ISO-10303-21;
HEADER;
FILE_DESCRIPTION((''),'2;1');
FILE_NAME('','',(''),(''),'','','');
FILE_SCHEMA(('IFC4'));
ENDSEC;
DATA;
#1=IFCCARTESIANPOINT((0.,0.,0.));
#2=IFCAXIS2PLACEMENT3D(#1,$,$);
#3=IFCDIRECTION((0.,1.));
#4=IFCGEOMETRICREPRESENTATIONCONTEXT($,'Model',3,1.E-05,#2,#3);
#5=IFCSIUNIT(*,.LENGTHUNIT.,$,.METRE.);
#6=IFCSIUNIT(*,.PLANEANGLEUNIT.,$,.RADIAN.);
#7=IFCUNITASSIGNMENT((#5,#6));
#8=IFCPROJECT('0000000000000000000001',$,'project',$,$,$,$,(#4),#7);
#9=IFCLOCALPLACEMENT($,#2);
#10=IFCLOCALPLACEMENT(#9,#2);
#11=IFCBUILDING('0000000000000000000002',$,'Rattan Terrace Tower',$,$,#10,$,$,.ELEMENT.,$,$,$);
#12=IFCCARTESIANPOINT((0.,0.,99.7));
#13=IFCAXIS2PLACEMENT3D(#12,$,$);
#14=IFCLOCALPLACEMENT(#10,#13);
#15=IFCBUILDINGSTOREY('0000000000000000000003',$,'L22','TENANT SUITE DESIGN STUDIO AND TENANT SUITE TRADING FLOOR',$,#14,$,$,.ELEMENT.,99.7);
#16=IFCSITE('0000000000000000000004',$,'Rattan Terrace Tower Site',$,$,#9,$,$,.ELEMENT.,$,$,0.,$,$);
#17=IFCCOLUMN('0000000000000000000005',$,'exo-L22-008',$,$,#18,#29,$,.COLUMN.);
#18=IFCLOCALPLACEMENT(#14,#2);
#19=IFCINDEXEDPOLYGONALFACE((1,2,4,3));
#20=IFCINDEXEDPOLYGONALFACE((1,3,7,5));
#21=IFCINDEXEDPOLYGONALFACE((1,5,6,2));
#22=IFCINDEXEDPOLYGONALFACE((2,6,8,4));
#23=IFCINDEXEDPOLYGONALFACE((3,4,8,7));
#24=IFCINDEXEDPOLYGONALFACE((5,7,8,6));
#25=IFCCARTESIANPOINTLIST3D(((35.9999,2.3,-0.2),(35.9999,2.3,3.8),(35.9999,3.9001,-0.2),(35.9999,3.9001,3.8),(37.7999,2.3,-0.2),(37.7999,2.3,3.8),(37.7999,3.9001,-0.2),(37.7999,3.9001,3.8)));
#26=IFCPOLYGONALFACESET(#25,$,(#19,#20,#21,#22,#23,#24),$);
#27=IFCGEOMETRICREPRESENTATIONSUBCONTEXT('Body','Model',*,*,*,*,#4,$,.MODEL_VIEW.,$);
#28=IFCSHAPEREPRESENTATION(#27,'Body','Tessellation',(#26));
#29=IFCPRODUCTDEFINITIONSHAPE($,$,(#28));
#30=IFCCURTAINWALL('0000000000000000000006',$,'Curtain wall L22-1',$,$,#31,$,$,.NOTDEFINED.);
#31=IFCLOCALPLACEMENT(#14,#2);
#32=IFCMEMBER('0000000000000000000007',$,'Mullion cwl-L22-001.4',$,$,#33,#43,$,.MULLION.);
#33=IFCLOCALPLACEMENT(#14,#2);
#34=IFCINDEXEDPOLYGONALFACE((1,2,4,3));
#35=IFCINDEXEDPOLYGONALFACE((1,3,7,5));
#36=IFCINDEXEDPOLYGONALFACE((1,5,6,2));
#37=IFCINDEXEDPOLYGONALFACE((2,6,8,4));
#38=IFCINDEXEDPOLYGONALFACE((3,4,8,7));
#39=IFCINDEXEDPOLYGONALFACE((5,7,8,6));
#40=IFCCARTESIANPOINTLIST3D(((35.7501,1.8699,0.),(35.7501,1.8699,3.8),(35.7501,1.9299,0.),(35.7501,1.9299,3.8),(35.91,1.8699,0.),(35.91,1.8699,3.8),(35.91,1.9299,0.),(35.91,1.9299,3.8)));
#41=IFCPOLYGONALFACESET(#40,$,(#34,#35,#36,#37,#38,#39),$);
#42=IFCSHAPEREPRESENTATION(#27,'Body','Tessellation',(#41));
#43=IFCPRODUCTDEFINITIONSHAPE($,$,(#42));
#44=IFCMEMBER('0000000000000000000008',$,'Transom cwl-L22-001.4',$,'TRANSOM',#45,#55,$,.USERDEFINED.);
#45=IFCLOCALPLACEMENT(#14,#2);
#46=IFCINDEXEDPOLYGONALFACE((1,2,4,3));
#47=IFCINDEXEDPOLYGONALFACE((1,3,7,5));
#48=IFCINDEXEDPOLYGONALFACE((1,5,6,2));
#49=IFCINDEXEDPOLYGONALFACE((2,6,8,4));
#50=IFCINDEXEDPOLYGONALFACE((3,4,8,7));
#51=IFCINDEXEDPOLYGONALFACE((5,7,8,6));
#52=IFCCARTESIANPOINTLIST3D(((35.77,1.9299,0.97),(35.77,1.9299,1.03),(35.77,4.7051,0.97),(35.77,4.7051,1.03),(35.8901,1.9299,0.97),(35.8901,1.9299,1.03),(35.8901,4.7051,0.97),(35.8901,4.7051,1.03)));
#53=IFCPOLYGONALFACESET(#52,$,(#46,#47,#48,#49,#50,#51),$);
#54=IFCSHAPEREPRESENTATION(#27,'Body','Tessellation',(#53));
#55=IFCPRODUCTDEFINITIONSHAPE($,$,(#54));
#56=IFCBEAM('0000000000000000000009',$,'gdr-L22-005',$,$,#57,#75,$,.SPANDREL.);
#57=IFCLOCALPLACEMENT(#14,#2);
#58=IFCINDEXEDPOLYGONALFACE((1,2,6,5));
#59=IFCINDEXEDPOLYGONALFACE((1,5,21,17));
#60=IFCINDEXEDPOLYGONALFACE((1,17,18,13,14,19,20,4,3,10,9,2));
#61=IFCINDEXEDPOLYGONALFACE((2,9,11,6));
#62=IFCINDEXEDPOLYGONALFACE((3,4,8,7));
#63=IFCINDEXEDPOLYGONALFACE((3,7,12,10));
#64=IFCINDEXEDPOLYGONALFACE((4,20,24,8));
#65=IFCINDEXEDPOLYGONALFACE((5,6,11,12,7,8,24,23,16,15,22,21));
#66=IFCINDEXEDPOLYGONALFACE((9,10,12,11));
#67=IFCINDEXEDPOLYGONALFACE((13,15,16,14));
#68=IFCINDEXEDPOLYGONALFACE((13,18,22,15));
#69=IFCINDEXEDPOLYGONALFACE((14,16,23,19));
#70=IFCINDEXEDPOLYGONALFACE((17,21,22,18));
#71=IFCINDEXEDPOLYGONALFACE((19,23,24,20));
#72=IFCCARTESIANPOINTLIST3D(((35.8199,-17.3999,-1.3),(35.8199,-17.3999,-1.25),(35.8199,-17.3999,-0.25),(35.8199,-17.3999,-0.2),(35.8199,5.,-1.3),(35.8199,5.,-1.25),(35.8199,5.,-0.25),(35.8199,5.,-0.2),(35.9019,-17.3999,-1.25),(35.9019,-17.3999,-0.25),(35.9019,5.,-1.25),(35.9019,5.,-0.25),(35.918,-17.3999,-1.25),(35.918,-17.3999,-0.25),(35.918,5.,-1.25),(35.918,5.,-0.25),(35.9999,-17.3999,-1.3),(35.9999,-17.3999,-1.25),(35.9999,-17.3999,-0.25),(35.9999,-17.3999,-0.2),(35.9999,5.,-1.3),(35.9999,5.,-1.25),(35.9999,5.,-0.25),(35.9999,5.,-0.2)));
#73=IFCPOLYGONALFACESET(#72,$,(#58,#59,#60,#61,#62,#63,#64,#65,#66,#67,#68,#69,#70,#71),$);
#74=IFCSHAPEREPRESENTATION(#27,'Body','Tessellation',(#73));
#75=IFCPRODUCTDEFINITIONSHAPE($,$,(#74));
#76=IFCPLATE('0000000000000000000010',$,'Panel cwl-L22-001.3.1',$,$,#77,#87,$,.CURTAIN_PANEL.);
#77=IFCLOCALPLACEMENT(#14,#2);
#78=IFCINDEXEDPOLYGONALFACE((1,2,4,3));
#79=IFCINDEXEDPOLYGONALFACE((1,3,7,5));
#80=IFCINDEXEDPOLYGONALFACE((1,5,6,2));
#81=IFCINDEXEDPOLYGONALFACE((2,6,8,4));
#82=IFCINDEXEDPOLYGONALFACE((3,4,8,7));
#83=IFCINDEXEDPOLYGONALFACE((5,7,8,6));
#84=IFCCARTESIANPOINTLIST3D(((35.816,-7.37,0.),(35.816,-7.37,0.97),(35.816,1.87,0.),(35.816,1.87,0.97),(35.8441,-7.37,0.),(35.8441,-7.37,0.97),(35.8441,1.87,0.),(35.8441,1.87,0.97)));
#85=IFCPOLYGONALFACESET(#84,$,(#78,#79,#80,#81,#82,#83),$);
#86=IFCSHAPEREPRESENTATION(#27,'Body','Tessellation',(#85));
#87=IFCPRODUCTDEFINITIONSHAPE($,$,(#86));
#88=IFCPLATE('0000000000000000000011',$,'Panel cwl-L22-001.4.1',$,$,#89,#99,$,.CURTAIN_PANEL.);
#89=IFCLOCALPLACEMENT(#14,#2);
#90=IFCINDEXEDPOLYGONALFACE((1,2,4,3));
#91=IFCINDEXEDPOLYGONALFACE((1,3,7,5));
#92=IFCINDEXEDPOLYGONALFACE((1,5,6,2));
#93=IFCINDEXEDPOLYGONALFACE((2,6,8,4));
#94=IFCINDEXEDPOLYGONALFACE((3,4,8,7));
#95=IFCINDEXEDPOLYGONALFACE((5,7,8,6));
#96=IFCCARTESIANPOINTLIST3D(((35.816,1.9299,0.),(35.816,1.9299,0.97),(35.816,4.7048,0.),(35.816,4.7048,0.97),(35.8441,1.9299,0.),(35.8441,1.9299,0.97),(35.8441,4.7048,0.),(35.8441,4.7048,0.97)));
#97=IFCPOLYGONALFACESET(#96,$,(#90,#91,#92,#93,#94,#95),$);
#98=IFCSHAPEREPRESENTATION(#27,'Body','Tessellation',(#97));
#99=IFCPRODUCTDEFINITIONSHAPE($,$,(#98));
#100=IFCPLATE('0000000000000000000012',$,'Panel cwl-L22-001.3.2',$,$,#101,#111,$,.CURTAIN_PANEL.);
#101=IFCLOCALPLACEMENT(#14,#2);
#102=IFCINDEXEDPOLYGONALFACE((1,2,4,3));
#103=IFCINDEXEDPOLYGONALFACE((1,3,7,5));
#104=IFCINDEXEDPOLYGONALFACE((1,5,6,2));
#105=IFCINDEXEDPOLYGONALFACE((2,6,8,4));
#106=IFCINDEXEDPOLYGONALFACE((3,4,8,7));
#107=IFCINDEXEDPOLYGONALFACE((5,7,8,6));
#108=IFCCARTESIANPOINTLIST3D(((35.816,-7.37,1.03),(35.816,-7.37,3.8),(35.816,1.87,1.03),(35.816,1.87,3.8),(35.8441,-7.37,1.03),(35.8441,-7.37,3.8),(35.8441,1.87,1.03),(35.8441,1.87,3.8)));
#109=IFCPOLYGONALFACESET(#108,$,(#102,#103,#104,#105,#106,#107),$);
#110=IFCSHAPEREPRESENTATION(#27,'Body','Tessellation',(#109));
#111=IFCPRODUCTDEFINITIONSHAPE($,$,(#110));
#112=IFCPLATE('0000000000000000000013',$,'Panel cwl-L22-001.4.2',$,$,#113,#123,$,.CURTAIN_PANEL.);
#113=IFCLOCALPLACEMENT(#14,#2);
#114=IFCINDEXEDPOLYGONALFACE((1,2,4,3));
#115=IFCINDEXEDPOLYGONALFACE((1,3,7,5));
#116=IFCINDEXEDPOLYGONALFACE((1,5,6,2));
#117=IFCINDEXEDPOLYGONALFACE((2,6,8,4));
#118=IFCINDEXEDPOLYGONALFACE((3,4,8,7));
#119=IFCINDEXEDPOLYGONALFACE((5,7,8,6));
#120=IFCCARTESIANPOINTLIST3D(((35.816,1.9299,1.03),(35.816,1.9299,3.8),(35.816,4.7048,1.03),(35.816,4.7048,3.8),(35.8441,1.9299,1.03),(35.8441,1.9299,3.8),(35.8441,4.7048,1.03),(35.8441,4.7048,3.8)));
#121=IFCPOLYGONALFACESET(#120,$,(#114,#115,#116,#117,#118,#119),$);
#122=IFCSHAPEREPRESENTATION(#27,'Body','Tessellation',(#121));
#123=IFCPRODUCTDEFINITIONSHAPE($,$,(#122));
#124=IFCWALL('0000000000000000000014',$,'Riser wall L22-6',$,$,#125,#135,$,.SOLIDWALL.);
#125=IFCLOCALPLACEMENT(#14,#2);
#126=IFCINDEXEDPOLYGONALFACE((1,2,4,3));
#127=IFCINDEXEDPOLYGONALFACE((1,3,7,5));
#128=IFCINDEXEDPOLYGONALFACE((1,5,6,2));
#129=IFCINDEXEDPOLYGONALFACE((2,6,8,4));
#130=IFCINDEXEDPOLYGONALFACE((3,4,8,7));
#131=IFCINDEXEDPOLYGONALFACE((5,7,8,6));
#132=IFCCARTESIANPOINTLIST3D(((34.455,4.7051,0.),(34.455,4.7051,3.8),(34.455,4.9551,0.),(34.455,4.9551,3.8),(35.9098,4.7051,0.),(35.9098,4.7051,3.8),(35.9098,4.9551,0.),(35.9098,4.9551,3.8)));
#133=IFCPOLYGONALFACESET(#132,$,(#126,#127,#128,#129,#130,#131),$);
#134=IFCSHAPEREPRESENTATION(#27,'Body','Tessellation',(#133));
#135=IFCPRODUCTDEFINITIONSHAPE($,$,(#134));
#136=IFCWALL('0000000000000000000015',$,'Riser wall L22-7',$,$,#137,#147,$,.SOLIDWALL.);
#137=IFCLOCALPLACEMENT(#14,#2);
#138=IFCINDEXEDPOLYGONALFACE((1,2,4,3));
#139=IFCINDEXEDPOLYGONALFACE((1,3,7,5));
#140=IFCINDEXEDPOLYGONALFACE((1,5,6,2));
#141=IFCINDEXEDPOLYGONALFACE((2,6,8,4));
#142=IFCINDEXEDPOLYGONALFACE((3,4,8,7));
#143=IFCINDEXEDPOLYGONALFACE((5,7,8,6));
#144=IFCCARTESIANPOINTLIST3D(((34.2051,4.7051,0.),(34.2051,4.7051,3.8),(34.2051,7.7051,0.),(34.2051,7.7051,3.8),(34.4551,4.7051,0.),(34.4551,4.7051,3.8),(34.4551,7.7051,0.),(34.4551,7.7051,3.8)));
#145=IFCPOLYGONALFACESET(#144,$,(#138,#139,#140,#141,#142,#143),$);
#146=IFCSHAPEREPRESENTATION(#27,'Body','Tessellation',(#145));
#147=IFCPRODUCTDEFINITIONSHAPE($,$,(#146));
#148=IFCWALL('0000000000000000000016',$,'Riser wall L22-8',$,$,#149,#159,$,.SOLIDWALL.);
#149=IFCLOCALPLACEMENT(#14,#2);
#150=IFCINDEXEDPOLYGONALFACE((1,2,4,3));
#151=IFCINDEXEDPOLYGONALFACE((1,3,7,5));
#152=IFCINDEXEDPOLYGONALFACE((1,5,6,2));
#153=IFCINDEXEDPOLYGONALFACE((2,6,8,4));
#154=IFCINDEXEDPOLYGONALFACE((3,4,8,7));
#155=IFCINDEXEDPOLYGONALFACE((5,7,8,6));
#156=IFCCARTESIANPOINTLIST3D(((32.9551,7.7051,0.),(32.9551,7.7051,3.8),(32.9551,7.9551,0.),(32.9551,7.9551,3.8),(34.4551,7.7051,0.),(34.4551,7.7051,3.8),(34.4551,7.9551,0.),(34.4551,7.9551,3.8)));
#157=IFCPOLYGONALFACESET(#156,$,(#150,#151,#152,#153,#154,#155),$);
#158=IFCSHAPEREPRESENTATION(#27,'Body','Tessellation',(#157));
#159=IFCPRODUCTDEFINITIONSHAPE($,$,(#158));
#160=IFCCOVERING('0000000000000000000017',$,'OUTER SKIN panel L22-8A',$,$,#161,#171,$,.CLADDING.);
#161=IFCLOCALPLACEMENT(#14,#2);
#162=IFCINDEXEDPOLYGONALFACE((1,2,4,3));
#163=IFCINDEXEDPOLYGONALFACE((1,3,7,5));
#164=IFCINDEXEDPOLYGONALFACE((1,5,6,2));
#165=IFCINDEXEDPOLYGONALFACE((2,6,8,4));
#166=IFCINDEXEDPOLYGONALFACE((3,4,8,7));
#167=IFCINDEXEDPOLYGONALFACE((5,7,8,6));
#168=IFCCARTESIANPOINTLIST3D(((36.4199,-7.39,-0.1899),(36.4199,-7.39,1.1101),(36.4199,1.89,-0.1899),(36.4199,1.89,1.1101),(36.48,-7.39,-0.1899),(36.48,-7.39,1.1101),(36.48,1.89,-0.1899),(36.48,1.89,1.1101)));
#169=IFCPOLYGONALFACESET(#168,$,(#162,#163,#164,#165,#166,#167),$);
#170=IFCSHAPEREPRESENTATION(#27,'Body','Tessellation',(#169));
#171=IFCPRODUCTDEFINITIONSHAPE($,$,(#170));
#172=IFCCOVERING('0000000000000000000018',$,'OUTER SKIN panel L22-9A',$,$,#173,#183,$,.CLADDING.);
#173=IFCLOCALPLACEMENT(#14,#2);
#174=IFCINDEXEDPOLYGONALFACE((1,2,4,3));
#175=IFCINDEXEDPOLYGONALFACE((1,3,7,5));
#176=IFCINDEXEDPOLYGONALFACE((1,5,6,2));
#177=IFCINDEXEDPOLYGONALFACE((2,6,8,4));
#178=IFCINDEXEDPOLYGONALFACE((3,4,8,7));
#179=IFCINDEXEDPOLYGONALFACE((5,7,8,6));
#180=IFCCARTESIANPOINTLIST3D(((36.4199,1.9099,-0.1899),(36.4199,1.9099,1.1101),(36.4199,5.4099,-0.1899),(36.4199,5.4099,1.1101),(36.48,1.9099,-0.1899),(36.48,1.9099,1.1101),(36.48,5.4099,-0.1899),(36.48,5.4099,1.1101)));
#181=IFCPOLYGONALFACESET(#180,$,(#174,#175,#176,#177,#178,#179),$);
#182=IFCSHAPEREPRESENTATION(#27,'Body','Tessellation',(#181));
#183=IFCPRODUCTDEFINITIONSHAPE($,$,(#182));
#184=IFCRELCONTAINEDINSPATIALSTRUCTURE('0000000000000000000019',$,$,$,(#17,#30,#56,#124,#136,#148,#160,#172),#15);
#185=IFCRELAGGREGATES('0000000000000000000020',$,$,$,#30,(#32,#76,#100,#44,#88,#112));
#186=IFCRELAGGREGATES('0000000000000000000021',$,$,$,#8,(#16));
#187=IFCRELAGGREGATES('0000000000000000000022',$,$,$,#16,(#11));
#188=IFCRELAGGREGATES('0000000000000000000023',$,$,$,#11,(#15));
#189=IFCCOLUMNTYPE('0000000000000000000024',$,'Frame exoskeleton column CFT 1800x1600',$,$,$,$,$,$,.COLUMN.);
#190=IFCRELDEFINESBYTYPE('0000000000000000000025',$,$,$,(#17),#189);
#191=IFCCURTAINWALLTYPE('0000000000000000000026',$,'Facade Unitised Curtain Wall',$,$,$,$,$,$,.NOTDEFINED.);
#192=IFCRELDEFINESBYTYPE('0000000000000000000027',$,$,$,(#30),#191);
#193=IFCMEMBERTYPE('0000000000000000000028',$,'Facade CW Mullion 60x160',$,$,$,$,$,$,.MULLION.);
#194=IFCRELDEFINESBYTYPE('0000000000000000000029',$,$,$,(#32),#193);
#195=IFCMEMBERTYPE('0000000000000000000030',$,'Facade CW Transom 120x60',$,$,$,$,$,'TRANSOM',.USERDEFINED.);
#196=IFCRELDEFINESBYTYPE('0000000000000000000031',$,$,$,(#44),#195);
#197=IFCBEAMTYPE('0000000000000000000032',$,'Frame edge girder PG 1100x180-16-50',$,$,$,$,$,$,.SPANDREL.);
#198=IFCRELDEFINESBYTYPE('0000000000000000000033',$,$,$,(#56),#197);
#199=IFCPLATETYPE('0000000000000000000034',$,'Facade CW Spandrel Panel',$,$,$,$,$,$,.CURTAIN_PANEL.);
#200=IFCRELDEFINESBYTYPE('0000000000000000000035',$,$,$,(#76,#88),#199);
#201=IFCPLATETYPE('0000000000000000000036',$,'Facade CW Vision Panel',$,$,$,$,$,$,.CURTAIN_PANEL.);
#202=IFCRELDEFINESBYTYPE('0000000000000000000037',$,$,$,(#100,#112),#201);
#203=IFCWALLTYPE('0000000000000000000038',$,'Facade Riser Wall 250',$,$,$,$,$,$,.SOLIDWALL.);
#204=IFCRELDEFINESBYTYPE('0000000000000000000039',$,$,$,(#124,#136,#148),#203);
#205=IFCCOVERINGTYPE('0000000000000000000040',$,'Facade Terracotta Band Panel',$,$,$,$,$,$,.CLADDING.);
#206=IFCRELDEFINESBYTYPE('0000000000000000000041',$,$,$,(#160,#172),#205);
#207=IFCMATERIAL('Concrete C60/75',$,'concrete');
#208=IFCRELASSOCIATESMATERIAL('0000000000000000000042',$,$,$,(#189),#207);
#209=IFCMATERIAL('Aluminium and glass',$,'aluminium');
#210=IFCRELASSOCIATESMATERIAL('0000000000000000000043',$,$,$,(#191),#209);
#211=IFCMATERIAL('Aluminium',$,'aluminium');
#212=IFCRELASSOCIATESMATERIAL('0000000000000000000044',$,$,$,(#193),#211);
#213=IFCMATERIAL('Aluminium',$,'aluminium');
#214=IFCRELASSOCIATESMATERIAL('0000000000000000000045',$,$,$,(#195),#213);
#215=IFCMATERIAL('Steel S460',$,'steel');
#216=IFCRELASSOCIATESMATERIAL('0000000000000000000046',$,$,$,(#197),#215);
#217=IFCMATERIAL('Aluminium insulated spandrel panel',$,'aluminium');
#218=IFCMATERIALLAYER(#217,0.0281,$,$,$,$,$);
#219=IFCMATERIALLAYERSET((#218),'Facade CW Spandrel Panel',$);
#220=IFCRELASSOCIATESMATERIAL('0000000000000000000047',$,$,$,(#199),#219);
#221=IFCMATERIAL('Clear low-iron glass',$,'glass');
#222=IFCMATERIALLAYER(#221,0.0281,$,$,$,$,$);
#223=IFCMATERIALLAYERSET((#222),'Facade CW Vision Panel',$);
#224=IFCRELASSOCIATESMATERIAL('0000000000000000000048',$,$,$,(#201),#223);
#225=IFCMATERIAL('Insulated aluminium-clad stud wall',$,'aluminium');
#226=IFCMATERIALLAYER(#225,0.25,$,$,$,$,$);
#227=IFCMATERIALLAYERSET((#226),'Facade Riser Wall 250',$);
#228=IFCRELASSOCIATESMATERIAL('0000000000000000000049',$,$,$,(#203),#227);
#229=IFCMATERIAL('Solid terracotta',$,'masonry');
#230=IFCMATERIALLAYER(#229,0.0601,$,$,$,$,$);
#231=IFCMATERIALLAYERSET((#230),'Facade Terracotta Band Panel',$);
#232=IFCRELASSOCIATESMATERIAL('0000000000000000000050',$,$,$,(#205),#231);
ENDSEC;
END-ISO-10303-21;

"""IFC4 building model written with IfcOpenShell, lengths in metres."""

from ifc_helpers import new_model, si_unit, direction, frame, frame_2d, origin, origin_2d, place, context, subcontext, project, spatial, rectangle, i_section, extrude, material, layer, layer_set, material_profile, profile_set, type_object, element, aggregate, save


model = new_model("IFC4")

# Units and contexts
model_context = context("Model", 3, precision=1e-05, world=origin(), true_north=direction((0.0, 1.0)))
body_context = subcontext(model_context, "Body", "Model", "MODEL_VIEW")
ifc_project = project(units=[si_unit("LENGTHUNIT", "METRE"), si_unit("PLANEANGLEUNIT", "RADIAN")], contexts=[model_context])

# Site, building, storey
site_placement = place(None, origin())
site = spatial("IfcSite", under=ifc_project, at=site_placement, Name="Rattan Terrace Tower Site", CompositionType="ELEMENT", RefElevation=0.0)
building_placement = place(site_placement, origin())
building = spatial("IfcBuilding", under=site, at=building_placement, Name="Rattan Terrace Tower", CompositionType="ELEMENT")
storey_placement = place(building_placement, frame((0.0, 0.0, 99.7)))
storey = spatial("IfcBuildingStorey", under=building, at=storey_placement, Name="L22", Description="TENANT SUITE DESIGN STUDIO AND TENANT SUITE TRADING FLOOR", CompositionType="ELEMENT", Elevation=99.7)

# Column
ifc_material_1 = material(Name="Concrete C60/75", Category="concrete")
ifc_material_profile_1 = material_profile(ifc_material_1, rectangle(XDim=1.6001, YDim=1.8, at=origin_2d()), Name="CFT 1800x1600")
ifc_profile_set_1 = profile_set([ifc_material_profile_1], Name="Concrete C60/75")
column_type = type_object("IfcColumnType", Name="Frame exoskeleton column CFT 1800x1600", PredefinedType="COLUMN", material=ifc_profile_set_1)
column_placement = place(storey_placement, frame((36.8999, 3.1001, -0.2), z_axis=(0.0, 0.0, 1.0), x_axis=(0.0, 1.0, 0.0)))
element("IfcColumn", 1, at=column_placement, inside=storey, type_object=column_type, Name="exo-L22-008", PredefinedType="COLUMN", context=body_context, shape_type="SweptSolid", body=[
    extrude(rectangle(XDim=1.6001, YDim=1.8, at=origin_2d()), origin(), (0.0, 0.0, 1.0), 4.0),
])

# Curtain wall, members
ifc_material_2 = material(Name="Aluminium and glass", Category="aluminium")
curtain_wall_type = type_object("IfcCurtainWallType", Name="Facade Unitised Curtain Wall", PredefinedType="NOTDEFINED", material=ifc_material_2)
curtain_wall_placement = place(storey_placement, origin())
curtain_wall = element("IfcCurtainWall", 2, at=curtain_wall_placement, inside=storey, type_object=curtain_wall_type, Name="Curtain wall L22-1", PredefinedType="NOTDEFINED")
ifc_material_3 = material(Name="Aluminium", Category="aluminium")
ifc_material_profile_2 = material_profile(ifc_material_3, rectangle(XDim=0.0601, YDim=0.1599, at=origin_2d()), Name="Aluminium 60x160")
ifc_profile_set_2 = profile_set([ifc_material_profile_2], Name="Aluminium")
member_type_1 = type_object("IfcMemberType", Name="Facade CW Mullion 60x160", PredefinedType="MULLION", material=ifc_profile_set_2)
member_1_placement = place(storey_placement, frame((35.8301, 1.8999, 0.0), z_axis=(0.0, 0.0, 1.0), x_axis=(0.0, 1.0, 0.0)))
member_1 = element("IfcMember", 3, at=member_1_placement, type_object=member_type_1, Name="Mullion cwl-L22-001.4", PredefinedType="MULLION", context=body_context, shape_type="SweptSolid", body=[
    extrude(rectangle(XDim=0.0601, YDim=0.1599, at=origin_2d()), origin(), (0.0, 0.0, 1.0), 3.8),
])
ifc_material_4 = material(Name="Aluminium", Category="aluminium")
ifc_material_profile_3 = material_profile(ifc_material_4, rectangle(XDim=0.1201, YDim=0.0601, at=origin_2d()), Name="Aluminium 120x60")
ifc_profile_set_3 = profile_set([ifc_material_profile_3], Name="Aluminium")
member_type_2 = type_object("IfcMemberType", Name="Facade CW Transom 120x60", ElementType="TRANSOM", PredefinedType="USERDEFINED", material=ifc_profile_set_3)
member_2_placement = place(storey_placement, frame((35.8301, 1.9299, 1.0), z_axis=(0.0, 1.0, 0.0), x_axis=(-1.0, 0.0, 0.0)))
member_2 = element("IfcMember", 4, at=member_2_placement, type_object=member_type_2, Name="Transom cwl-L22-001.4", ObjectType="TRANSOM", PredefinedType="USERDEFINED", context=body_context, shape_type="SweptSolid", body=[
    extrude(rectangle(XDim=0.1201, YDim=0.0601, at=origin_2d()), origin(), (0.0, 0.0, 1.0), 2.7751),
])

# Beam
ifc_material_5 = material(Name="Steel S460", Category="steel")
ifc_material_profile_4 = material_profile(ifc_material_5, i_section(OverallWidth=0.1799, OverallDepth=1.1001, WebThickness=0.0161, FlangeThickness=0.05, at=origin_2d()), Name="PG 1100x180-16-50")
ifc_profile_set_4 = profile_set([ifc_material_profile_4], Name="Steel S460")
beam_type = type_object("IfcBeamType", Name="Frame edge girder PG 1100x180-16-50", PredefinedType="SPANDREL", material=ifc_profile_set_4)
beam_placement = place(storey_placement, frame((35.9099, 5.0, -0.75), z_axis=(0.0, -1.0, 0.0), x_axis=(1.0, 0.0, 0.0)))
element("IfcBeam", 5, at=beam_placement, inside=storey, type_object=beam_type, Name="gdr-L22-005", PredefinedType="SPANDREL", context=body_context, shape_type="SweptSolid", body=[
    extrude(i_section(OverallWidth=0.1799, OverallDepth=1.1001, WebThickness=0.0161, FlangeThickness=0.05, at=origin_2d()), origin(), (0.0, 0.0, 1.0), 22.3999),
])

# Plates
ifc_material_6 = material(Name="Aluminium insulated spandrel panel", Category="aluminium")
ifc_layer_1 = layer(ifc_material_6, 0.0281)
ifc_layer_set_1 = layer_set([ifc_layer_1], Name="Facade CW Spandrel Panel")
plate_type_1 = type_object("IfcPlateType", Name="Facade CW Spandrel Panel", PredefinedType="CURTAIN_PANEL", material=ifc_layer_set_1)
plate_1_placement = place(storey_placement, frame((35.8301, -2.75, 0.0), z_axis=(0.0, 0.0, 1.0), x_axis=(0.0, 1.0, 0.0)))
plate_1 = element("IfcPlate", 6, at=plate_1_placement, type_object=plate_type_1, Name="Panel cwl-L22-001.3.1", PredefinedType="CURTAIN_PANEL", context=body_context, shape_type="SweptSolid", body=[
    extrude(rectangle(XDim=9.24, YDim=0.0281, at=origin_2d()), origin(), (0.0, 0.0, 1.0), 0.97),
])
plate_2_placement = place(storey_placement, frame((35.8301, 3.3174, 0.0), z_axis=(0.0, 0.0, 1.0), x_axis=(0.0, 1.0, 0.0)))
plate_2 = element("IfcPlate", 7, at=plate_2_placement, type_object=plate_type_1, Name="Panel cwl-L22-001.4.1", PredefinedType="CURTAIN_PANEL", context=body_context, shape_type="SweptSolid", body=[
    extrude(rectangle(XDim=2.7749, YDim=0.0281, at=origin_2d()), origin(), (0.0, 0.0, 1.0), 0.97),
])
ifc_material_7 = material(Name="Clear low-iron glass", Category="glass")
ifc_layer_2 = layer(ifc_material_7, 0.0281)
ifc_layer_set_2 = layer_set([ifc_layer_2], Name="Facade CW Vision Panel")
plate_type_2 = type_object("IfcPlateType", Name="Facade CW Vision Panel", PredefinedType="CURTAIN_PANEL", material=ifc_layer_set_2)
plate_3_placement = place(storey_placement, frame((35.8301, -2.75, 1.03), z_axis=(0.0, 0.0, 1.0), x_axis=(0.0, 1.0, 0.0)))
plate_3 = element("IfcPlate", 8, at=plate_3_placement, type_object=plate_type_2, Name="Panel cwl-L22-001.3.2", PredefinedType="CURTAIN_PANEL", context=body_context, shape_type="SweptSolid", body=[
    extrude(rectangle(XDim=9.24, YDim=0.0281, at=origin_2d()), origin(), (0.0, 0.0, 1.0), 2.77),
])
plate_4_placement = place(storey_placement, frame((35.8301, 3.3174, 1.03), z_axis=(0.0, 0.0, 1.0), x_axis=(0.0, 1.0, 0.0)))
plate_4 = element("IfcPlate", 9, at=plate_4_placement, type_object=plate_type_2, Name="Panel cwl-L22-001.4.2", PredefinedType="CURTAIN_PANEL", context=body_context, shape_type="SweptSolid", body=[
    extrude(rectangle(XDim=2.7749, YDim=0.0281, at=origin_2d()), origin(), (0.0, 0.0, 1.0), 2.77),
])
aggregate(curtain_wall, [member_1, plate_1, plate_3, member_2, plate_2, plate_4])

# Walls
ifc_material_8 = material(Name="Insulated aluminium-clad stud wall", Category="aluminium")
ifc_layer_3 = layer(ifc_material_8, 0.25)
ifc_layer_set_3 = layer_set([ifc_layer_3], Name="Facade Riser Wall 250")
wall_type = type_object("IfcWallType", Name="Facade Riser Wall 250", PredefinedType="SOLIDWALL", material=ifc_layer_set_3)
wall_1_placement = place(storey_placement, frame((35.9099, 4.8301, 0.0), z_axis=(0.0, 0.0, 1.0), x_axis=(-1.0, 0.0, 0.0)))
element("IfcWall", 10, at=wall_1_placement, inside=storey, type_object=wall_type, Name="Riser wall L22-6", PredefinedType="SOLIDWALL", context=body_context, shape_type="SweptSolid", body=[
    extrude(rectangle(XDim=1.4548, YDim=0.25, at=frame_2d((0.7275, 0.0))), origin(), (0.0, 0.0, 1.0), 3.8),
])
wall_2_placement = place(storey_placement, frame((34.3301, 4.7051, 0.0), z_axis=(0.0, 0.0, 1.0), x_axis=(0.0, 1.0, 0.0)))
element("IfcWall", 11, at=wall_2_placement, inside=storey, type_object=wall_type, Name="Riser wall L22-7", PredefinedType="SOLIDWALL", context=body_context, shape_type="SweptSolid", body=[
    extrude(rectangle(XDim=3.0, YDim=0.25, at=frame_2d((1.5, 0.0))), origin(), (0.0, 0.0, 1.0), 3.8),
])
wall_3_placement = place(storey_placement, frame((34.4551, 7.8301, 0.0), z_axis=(0.0, 0.0, 1.0), x_axis=(-1.0, 0.0, 0.0)))
element("IfcWall", 12, at=wall_3_placement, inside=storey, type_object=wall_type, Name="Riser wall L22-8", PredefinedType="SOLIDWALL", context=body_context, shape_type="SweptSolid", body=[
    extrude(rectangle(XDim=1.5, YDim=0.25, at=frame_2d((0.75, 0.0))), origin(), (0.0, 0.0, 1.0), 3.8),
])

# Coverings
ifc_material_9 = material(Name="Solid terracotta", Category="masonry")
ifc_layer_4 = layer(ifc_material_9, 0.0601)
ifc_layer_set_4 = layer_set([ifc_layer_4], Name="Facade Terracotta Band Panel")
covering_type_1 = type_object("IfcCoveringType", Name="Facade Terracotta Band Panel", PredefinedType="CLADDING", material=ifc_layer_set_4)
covering_1_placement = place(storey_placement, frame((36.45, -2.75, -0.1899), z_axis=(0.0, 0.0, 1.0), x_axis=(0.0, 1.0, 0.0)))
element("IfcCovering", 13, at=covering_1_placement, inside=storey, type_object=covering_type_1, Name="OUTER SKIN panel L22-8A", PredefinedType="CLADDING", context=body_context, shape_type="SweptSolid", body=[
    extrude(rectangle(XDim=9.28, YDim=0.0601, at=origin_2d()), origin(), (0.0, 0.0, 1.0), 1.3),
])
covering_2_placement = place(storey_placement, frame((36.45, 3.6599, -0.1899), z_axis=(0.0, 0.0, 1.0), x_axis=(0.0, 1.0, 0.0)))
element("IfcCovering", 14, at=covering_2_placement, inside=storey, type_object=covering_type_1, Name="OUTER SKIN panel L22-9A", PredefinedType="CLADDING", context=body_context, shape_type="SweptSolid", body=[
    extrude(rectangle(XDim=3.5, YDim=0.0601, at=origin_2d()), origin(), (0.0, 0.0, 1.0), 1.3),
])

save(model, "model.ifc")
